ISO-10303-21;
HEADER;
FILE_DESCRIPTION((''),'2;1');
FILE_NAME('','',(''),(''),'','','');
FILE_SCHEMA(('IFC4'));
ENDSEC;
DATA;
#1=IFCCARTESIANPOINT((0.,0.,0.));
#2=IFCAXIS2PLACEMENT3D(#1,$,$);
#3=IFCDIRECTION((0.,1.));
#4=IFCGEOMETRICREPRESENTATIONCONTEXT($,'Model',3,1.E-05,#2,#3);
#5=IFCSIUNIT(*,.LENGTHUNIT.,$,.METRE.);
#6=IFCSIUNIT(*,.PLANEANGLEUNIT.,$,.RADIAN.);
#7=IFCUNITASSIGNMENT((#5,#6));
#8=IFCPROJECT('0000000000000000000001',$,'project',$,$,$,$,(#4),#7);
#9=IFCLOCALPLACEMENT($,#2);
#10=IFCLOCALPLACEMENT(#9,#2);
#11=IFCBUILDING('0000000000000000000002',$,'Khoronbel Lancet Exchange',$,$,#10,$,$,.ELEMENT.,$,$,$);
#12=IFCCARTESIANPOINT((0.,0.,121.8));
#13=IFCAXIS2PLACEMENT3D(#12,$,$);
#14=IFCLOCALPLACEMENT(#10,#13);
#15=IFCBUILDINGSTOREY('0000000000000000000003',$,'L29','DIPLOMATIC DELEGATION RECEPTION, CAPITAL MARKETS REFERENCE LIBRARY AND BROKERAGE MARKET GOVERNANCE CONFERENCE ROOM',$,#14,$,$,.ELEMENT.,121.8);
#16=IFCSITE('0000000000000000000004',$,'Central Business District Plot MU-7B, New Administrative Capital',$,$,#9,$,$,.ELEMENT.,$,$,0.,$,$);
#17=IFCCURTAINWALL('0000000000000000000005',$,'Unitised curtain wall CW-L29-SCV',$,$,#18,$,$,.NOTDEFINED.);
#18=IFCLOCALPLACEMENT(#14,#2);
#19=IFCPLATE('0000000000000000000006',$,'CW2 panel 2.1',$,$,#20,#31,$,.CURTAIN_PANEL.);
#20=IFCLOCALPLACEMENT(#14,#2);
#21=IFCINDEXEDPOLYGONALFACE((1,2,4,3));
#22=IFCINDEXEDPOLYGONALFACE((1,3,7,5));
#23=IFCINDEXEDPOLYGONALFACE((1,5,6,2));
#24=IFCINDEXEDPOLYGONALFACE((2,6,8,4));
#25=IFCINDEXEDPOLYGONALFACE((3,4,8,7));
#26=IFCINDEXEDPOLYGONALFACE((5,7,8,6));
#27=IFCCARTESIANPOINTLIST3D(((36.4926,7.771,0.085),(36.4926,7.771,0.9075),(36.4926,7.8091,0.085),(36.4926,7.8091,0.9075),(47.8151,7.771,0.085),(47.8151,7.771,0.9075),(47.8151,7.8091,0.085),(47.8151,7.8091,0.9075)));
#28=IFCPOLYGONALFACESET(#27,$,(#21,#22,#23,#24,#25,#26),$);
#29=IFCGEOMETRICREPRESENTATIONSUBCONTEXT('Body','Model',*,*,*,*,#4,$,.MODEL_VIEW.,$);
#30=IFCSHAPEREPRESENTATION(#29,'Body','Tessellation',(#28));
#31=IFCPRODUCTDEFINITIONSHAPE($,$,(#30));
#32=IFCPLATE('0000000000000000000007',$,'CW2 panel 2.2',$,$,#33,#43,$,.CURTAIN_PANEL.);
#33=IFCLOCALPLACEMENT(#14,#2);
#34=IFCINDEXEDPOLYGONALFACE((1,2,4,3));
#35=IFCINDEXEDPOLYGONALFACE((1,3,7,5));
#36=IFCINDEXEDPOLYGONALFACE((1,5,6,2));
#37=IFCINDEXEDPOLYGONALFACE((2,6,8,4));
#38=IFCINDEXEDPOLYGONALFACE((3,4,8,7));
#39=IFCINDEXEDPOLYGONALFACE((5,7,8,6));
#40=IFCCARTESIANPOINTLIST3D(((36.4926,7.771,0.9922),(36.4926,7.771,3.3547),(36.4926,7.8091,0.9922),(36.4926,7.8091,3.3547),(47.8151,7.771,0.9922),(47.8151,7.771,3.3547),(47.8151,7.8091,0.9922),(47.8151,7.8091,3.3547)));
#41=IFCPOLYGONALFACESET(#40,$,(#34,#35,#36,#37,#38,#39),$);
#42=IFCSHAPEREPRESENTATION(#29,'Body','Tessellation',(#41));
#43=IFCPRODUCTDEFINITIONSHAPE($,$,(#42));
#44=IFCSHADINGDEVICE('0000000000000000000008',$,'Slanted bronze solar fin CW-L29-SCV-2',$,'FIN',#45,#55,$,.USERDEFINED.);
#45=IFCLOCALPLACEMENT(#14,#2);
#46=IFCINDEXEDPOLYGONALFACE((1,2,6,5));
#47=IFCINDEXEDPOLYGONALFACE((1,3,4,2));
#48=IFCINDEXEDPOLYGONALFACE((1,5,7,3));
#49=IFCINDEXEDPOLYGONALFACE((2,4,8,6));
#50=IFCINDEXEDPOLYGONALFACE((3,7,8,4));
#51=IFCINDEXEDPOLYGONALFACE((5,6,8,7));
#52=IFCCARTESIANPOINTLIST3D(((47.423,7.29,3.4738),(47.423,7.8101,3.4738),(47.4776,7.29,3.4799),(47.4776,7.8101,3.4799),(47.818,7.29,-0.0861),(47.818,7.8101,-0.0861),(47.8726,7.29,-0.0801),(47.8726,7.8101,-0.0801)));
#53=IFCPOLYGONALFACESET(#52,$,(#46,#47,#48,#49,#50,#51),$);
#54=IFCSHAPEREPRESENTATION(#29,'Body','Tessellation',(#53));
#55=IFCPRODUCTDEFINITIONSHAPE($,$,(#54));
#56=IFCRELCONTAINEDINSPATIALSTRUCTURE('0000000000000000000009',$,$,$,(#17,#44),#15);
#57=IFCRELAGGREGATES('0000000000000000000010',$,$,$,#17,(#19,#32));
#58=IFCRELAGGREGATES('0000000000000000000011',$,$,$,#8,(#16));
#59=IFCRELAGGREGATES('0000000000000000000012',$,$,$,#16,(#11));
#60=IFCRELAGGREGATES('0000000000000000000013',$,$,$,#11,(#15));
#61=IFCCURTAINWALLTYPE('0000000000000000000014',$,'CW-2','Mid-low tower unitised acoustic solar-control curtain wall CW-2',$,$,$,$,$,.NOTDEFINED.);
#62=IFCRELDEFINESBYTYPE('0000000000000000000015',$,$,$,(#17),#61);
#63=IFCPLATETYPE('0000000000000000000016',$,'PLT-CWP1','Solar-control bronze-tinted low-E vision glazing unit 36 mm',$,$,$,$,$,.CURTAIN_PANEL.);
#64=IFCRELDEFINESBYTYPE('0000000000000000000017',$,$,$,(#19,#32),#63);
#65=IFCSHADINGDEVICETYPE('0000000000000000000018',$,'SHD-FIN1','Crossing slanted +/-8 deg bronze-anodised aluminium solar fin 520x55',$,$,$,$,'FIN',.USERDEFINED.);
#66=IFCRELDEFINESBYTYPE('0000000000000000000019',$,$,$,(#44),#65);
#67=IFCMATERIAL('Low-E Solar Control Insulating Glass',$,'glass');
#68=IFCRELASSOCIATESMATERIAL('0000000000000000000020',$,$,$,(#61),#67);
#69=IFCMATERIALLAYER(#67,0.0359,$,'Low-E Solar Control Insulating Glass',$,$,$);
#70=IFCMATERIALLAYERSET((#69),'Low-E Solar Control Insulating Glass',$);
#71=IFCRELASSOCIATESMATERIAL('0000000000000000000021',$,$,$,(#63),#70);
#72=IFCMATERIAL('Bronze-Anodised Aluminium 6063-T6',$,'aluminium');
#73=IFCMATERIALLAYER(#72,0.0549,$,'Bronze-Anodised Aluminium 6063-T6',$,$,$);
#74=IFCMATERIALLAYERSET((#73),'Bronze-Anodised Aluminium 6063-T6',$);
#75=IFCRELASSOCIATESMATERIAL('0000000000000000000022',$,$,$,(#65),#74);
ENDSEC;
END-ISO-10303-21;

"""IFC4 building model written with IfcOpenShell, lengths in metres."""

from ifc_helpers import new_model, si_unit, direction, frame, origin, origin_2d, place, context, subcontext, project, spatial, polyline, rectangle, outline, extrude, material, layer, layer_set, type_object, element, aggregate, save


model = new_model("IFC4")

# Units and contexts
model_context = context("Model", 3, precision=1e-05, world=origin(), true_north=direction((0.0, 1.0)))
body_context = subcontext(model_context, "Body", "Model", "MODEL_VIEW")
ifc_project = project(units=[si_unit("LENGTHUNIT", "METRE"), si_unit("PLANEANGLEUNIT", "RADIAN")], contexts=[model_context])

# Site, building, storey
site_placement = place(None, origin())
site = spatial("IfcSite", under=ifc_project, at=site_placement, Name="Central Business District Plot MU-7B, New Administrative Capital", CompositionType="ELEMENT", RefElevation=0.0)
building_placement = place(site_placement, origin())
building = spatial("IfcBuilding", under=site, at=building_placement, Name="Khoronbel Lancet Exchange", CompositionType="ELEMENT")
storey_placement = place(building_placement, frame((0.0, 0.0, 121.8)))
storey = spatial("IfcBuildingStorey", under=building, at=storey_placement, Name="L29", Description="DIPLOMATIC DELEGATION RECEPTION, CAPITAL MARKETS REFERENCE LIBRARY AND BROKERAGE MARKET GOVERNANCE CONFERENCE ROOM", CompositionType="ELEMENT", Elevation=121.8)

# Curtain wall
ifc_material_1 = material(Name="Low-E Solar Control Insulating Glass", Category="glass")
curtain_wall_type = type_object("IfcCurtainWallType", Name="CW-2", Description="Mid-low tower unitised acoustic solar-control curtain wall CW-2", PredefinedType="NOTDEFINED", material=ifc_material_1)
curtain_wall_1_placement = place(storey_placement, origin())
curtain_wall_1 = element("IfcCurtainWall", 1, at=curtain_wall_1_placement, inside=storey, type_object=curtain_wall_type, Name="Unitised curtain wall CW-L29-SCV", PredefinedType="NOTDEFINED")
ifc_material_2 = material(Name="Bronze-Anodised Aluminium 6063-T6", Category="aluminium")

# Plates
ifc_layer_1 = layer(ifc_material_1, 0.0359, Name="Low-E Solar Control Insulating Glass")
ifc_layer_set_1 = layer_set([ifc_layer_1], Name="Low-E Solar Control Insulating Glass")
plate_type_1 = type_object("IfcPlateType", Name="PLT-CWP1", Description="Solar-control bronze-tinted low-E vision glazing unit 36 mm", PredefinedType="CURTAIN_PANEL", material=ifc_layer_set_1)
plate_1_placement = place(storey_placement, frame((42.1538, 7.79, 0.085), z_axis=(0.0, 0.0, 1.0), x_axis=(1.0, 0.0, 0.0)))
plate_1 = element("IfcPlate", 2, at=plate_1_placement, type_object=plate_type_1, Name="CW2 panel 2.1", PredefinedType="CURTAIN_PANEL", context=body_context, shape_type="SweptSolid", body=[
    extrude(rectangle(XDim=11.3225, YDim=0.0381, at=origin_2d()), origin(), (0.0, 0.0, 1.0), 0.8225),
])
plate_2_placement = place(storey_placement, frame((42.1538, 7.79, 0.9922), z_axis=(0.0, 0.0, 1.0), x_axis=(1.0, 0.0, 0.0)))
plate_2 = element("IfcPlate", 3, at=plate_2_placement, type_object=plate_type_1, Name="CW2 panel 2.2", PredefinedType="CURTAIN_PANEL", context=body_context, shape_type="SweptSolid", body=[
    extrude(rectangle(XDim=11.3225, YDim=0.0381, at=origin_2d()), origin(), (0.0, 0.0, 1.0), 2.3625),
])
aggregate(curtain_wall_1, [plate_1, plate_2])

# Shading device
ifc_layer_2 = layer(ifc_material_2, 0.0549, Name="Bronze-Anodised Aluminium 6063-T6")
ifc_layer_set_2 = layer_set([ifc_layer_2], Name="Bronze-Anodised Aluminium 6063-T6")
shading_device_type = type_object("IfcShadingDeviceType", Name="SHD-FIN1", Description="Crossing slanted +/-8 deg bronze-anodised aluminium solar fin 520x55", ElementType="FIN", PredefinedType="USERDEFINED", material=ifc_layer_set_2)
shading_device_placement = place(storey_placement, frame((47.8726, 7.8101, -0.0801), z_axis=(0.9939, 0.0, 0.110282), x_axis=(0.0, -1.0, 0.0)))
element("IfcShadingDevice", 4, at=shading_device_placement, inside=storey, type_object=shading_device_type, Name="Slanted bronze solar fin CW-L29-SCV-2", ObjectType="FIN", PredefinedType="USERDEFINED", context=body_context, shape_type="SweptSolid", body=[
    extrude(outline(polyline([(0.0, 0.0), (0.52, 0.0), (0.52, -3.5818), (0.0, -3.5818), (0.0, 0.0)])), origin(), (0.0, 0.0, -1.0), 0.0549),
])

save(model, "model.ifc")
